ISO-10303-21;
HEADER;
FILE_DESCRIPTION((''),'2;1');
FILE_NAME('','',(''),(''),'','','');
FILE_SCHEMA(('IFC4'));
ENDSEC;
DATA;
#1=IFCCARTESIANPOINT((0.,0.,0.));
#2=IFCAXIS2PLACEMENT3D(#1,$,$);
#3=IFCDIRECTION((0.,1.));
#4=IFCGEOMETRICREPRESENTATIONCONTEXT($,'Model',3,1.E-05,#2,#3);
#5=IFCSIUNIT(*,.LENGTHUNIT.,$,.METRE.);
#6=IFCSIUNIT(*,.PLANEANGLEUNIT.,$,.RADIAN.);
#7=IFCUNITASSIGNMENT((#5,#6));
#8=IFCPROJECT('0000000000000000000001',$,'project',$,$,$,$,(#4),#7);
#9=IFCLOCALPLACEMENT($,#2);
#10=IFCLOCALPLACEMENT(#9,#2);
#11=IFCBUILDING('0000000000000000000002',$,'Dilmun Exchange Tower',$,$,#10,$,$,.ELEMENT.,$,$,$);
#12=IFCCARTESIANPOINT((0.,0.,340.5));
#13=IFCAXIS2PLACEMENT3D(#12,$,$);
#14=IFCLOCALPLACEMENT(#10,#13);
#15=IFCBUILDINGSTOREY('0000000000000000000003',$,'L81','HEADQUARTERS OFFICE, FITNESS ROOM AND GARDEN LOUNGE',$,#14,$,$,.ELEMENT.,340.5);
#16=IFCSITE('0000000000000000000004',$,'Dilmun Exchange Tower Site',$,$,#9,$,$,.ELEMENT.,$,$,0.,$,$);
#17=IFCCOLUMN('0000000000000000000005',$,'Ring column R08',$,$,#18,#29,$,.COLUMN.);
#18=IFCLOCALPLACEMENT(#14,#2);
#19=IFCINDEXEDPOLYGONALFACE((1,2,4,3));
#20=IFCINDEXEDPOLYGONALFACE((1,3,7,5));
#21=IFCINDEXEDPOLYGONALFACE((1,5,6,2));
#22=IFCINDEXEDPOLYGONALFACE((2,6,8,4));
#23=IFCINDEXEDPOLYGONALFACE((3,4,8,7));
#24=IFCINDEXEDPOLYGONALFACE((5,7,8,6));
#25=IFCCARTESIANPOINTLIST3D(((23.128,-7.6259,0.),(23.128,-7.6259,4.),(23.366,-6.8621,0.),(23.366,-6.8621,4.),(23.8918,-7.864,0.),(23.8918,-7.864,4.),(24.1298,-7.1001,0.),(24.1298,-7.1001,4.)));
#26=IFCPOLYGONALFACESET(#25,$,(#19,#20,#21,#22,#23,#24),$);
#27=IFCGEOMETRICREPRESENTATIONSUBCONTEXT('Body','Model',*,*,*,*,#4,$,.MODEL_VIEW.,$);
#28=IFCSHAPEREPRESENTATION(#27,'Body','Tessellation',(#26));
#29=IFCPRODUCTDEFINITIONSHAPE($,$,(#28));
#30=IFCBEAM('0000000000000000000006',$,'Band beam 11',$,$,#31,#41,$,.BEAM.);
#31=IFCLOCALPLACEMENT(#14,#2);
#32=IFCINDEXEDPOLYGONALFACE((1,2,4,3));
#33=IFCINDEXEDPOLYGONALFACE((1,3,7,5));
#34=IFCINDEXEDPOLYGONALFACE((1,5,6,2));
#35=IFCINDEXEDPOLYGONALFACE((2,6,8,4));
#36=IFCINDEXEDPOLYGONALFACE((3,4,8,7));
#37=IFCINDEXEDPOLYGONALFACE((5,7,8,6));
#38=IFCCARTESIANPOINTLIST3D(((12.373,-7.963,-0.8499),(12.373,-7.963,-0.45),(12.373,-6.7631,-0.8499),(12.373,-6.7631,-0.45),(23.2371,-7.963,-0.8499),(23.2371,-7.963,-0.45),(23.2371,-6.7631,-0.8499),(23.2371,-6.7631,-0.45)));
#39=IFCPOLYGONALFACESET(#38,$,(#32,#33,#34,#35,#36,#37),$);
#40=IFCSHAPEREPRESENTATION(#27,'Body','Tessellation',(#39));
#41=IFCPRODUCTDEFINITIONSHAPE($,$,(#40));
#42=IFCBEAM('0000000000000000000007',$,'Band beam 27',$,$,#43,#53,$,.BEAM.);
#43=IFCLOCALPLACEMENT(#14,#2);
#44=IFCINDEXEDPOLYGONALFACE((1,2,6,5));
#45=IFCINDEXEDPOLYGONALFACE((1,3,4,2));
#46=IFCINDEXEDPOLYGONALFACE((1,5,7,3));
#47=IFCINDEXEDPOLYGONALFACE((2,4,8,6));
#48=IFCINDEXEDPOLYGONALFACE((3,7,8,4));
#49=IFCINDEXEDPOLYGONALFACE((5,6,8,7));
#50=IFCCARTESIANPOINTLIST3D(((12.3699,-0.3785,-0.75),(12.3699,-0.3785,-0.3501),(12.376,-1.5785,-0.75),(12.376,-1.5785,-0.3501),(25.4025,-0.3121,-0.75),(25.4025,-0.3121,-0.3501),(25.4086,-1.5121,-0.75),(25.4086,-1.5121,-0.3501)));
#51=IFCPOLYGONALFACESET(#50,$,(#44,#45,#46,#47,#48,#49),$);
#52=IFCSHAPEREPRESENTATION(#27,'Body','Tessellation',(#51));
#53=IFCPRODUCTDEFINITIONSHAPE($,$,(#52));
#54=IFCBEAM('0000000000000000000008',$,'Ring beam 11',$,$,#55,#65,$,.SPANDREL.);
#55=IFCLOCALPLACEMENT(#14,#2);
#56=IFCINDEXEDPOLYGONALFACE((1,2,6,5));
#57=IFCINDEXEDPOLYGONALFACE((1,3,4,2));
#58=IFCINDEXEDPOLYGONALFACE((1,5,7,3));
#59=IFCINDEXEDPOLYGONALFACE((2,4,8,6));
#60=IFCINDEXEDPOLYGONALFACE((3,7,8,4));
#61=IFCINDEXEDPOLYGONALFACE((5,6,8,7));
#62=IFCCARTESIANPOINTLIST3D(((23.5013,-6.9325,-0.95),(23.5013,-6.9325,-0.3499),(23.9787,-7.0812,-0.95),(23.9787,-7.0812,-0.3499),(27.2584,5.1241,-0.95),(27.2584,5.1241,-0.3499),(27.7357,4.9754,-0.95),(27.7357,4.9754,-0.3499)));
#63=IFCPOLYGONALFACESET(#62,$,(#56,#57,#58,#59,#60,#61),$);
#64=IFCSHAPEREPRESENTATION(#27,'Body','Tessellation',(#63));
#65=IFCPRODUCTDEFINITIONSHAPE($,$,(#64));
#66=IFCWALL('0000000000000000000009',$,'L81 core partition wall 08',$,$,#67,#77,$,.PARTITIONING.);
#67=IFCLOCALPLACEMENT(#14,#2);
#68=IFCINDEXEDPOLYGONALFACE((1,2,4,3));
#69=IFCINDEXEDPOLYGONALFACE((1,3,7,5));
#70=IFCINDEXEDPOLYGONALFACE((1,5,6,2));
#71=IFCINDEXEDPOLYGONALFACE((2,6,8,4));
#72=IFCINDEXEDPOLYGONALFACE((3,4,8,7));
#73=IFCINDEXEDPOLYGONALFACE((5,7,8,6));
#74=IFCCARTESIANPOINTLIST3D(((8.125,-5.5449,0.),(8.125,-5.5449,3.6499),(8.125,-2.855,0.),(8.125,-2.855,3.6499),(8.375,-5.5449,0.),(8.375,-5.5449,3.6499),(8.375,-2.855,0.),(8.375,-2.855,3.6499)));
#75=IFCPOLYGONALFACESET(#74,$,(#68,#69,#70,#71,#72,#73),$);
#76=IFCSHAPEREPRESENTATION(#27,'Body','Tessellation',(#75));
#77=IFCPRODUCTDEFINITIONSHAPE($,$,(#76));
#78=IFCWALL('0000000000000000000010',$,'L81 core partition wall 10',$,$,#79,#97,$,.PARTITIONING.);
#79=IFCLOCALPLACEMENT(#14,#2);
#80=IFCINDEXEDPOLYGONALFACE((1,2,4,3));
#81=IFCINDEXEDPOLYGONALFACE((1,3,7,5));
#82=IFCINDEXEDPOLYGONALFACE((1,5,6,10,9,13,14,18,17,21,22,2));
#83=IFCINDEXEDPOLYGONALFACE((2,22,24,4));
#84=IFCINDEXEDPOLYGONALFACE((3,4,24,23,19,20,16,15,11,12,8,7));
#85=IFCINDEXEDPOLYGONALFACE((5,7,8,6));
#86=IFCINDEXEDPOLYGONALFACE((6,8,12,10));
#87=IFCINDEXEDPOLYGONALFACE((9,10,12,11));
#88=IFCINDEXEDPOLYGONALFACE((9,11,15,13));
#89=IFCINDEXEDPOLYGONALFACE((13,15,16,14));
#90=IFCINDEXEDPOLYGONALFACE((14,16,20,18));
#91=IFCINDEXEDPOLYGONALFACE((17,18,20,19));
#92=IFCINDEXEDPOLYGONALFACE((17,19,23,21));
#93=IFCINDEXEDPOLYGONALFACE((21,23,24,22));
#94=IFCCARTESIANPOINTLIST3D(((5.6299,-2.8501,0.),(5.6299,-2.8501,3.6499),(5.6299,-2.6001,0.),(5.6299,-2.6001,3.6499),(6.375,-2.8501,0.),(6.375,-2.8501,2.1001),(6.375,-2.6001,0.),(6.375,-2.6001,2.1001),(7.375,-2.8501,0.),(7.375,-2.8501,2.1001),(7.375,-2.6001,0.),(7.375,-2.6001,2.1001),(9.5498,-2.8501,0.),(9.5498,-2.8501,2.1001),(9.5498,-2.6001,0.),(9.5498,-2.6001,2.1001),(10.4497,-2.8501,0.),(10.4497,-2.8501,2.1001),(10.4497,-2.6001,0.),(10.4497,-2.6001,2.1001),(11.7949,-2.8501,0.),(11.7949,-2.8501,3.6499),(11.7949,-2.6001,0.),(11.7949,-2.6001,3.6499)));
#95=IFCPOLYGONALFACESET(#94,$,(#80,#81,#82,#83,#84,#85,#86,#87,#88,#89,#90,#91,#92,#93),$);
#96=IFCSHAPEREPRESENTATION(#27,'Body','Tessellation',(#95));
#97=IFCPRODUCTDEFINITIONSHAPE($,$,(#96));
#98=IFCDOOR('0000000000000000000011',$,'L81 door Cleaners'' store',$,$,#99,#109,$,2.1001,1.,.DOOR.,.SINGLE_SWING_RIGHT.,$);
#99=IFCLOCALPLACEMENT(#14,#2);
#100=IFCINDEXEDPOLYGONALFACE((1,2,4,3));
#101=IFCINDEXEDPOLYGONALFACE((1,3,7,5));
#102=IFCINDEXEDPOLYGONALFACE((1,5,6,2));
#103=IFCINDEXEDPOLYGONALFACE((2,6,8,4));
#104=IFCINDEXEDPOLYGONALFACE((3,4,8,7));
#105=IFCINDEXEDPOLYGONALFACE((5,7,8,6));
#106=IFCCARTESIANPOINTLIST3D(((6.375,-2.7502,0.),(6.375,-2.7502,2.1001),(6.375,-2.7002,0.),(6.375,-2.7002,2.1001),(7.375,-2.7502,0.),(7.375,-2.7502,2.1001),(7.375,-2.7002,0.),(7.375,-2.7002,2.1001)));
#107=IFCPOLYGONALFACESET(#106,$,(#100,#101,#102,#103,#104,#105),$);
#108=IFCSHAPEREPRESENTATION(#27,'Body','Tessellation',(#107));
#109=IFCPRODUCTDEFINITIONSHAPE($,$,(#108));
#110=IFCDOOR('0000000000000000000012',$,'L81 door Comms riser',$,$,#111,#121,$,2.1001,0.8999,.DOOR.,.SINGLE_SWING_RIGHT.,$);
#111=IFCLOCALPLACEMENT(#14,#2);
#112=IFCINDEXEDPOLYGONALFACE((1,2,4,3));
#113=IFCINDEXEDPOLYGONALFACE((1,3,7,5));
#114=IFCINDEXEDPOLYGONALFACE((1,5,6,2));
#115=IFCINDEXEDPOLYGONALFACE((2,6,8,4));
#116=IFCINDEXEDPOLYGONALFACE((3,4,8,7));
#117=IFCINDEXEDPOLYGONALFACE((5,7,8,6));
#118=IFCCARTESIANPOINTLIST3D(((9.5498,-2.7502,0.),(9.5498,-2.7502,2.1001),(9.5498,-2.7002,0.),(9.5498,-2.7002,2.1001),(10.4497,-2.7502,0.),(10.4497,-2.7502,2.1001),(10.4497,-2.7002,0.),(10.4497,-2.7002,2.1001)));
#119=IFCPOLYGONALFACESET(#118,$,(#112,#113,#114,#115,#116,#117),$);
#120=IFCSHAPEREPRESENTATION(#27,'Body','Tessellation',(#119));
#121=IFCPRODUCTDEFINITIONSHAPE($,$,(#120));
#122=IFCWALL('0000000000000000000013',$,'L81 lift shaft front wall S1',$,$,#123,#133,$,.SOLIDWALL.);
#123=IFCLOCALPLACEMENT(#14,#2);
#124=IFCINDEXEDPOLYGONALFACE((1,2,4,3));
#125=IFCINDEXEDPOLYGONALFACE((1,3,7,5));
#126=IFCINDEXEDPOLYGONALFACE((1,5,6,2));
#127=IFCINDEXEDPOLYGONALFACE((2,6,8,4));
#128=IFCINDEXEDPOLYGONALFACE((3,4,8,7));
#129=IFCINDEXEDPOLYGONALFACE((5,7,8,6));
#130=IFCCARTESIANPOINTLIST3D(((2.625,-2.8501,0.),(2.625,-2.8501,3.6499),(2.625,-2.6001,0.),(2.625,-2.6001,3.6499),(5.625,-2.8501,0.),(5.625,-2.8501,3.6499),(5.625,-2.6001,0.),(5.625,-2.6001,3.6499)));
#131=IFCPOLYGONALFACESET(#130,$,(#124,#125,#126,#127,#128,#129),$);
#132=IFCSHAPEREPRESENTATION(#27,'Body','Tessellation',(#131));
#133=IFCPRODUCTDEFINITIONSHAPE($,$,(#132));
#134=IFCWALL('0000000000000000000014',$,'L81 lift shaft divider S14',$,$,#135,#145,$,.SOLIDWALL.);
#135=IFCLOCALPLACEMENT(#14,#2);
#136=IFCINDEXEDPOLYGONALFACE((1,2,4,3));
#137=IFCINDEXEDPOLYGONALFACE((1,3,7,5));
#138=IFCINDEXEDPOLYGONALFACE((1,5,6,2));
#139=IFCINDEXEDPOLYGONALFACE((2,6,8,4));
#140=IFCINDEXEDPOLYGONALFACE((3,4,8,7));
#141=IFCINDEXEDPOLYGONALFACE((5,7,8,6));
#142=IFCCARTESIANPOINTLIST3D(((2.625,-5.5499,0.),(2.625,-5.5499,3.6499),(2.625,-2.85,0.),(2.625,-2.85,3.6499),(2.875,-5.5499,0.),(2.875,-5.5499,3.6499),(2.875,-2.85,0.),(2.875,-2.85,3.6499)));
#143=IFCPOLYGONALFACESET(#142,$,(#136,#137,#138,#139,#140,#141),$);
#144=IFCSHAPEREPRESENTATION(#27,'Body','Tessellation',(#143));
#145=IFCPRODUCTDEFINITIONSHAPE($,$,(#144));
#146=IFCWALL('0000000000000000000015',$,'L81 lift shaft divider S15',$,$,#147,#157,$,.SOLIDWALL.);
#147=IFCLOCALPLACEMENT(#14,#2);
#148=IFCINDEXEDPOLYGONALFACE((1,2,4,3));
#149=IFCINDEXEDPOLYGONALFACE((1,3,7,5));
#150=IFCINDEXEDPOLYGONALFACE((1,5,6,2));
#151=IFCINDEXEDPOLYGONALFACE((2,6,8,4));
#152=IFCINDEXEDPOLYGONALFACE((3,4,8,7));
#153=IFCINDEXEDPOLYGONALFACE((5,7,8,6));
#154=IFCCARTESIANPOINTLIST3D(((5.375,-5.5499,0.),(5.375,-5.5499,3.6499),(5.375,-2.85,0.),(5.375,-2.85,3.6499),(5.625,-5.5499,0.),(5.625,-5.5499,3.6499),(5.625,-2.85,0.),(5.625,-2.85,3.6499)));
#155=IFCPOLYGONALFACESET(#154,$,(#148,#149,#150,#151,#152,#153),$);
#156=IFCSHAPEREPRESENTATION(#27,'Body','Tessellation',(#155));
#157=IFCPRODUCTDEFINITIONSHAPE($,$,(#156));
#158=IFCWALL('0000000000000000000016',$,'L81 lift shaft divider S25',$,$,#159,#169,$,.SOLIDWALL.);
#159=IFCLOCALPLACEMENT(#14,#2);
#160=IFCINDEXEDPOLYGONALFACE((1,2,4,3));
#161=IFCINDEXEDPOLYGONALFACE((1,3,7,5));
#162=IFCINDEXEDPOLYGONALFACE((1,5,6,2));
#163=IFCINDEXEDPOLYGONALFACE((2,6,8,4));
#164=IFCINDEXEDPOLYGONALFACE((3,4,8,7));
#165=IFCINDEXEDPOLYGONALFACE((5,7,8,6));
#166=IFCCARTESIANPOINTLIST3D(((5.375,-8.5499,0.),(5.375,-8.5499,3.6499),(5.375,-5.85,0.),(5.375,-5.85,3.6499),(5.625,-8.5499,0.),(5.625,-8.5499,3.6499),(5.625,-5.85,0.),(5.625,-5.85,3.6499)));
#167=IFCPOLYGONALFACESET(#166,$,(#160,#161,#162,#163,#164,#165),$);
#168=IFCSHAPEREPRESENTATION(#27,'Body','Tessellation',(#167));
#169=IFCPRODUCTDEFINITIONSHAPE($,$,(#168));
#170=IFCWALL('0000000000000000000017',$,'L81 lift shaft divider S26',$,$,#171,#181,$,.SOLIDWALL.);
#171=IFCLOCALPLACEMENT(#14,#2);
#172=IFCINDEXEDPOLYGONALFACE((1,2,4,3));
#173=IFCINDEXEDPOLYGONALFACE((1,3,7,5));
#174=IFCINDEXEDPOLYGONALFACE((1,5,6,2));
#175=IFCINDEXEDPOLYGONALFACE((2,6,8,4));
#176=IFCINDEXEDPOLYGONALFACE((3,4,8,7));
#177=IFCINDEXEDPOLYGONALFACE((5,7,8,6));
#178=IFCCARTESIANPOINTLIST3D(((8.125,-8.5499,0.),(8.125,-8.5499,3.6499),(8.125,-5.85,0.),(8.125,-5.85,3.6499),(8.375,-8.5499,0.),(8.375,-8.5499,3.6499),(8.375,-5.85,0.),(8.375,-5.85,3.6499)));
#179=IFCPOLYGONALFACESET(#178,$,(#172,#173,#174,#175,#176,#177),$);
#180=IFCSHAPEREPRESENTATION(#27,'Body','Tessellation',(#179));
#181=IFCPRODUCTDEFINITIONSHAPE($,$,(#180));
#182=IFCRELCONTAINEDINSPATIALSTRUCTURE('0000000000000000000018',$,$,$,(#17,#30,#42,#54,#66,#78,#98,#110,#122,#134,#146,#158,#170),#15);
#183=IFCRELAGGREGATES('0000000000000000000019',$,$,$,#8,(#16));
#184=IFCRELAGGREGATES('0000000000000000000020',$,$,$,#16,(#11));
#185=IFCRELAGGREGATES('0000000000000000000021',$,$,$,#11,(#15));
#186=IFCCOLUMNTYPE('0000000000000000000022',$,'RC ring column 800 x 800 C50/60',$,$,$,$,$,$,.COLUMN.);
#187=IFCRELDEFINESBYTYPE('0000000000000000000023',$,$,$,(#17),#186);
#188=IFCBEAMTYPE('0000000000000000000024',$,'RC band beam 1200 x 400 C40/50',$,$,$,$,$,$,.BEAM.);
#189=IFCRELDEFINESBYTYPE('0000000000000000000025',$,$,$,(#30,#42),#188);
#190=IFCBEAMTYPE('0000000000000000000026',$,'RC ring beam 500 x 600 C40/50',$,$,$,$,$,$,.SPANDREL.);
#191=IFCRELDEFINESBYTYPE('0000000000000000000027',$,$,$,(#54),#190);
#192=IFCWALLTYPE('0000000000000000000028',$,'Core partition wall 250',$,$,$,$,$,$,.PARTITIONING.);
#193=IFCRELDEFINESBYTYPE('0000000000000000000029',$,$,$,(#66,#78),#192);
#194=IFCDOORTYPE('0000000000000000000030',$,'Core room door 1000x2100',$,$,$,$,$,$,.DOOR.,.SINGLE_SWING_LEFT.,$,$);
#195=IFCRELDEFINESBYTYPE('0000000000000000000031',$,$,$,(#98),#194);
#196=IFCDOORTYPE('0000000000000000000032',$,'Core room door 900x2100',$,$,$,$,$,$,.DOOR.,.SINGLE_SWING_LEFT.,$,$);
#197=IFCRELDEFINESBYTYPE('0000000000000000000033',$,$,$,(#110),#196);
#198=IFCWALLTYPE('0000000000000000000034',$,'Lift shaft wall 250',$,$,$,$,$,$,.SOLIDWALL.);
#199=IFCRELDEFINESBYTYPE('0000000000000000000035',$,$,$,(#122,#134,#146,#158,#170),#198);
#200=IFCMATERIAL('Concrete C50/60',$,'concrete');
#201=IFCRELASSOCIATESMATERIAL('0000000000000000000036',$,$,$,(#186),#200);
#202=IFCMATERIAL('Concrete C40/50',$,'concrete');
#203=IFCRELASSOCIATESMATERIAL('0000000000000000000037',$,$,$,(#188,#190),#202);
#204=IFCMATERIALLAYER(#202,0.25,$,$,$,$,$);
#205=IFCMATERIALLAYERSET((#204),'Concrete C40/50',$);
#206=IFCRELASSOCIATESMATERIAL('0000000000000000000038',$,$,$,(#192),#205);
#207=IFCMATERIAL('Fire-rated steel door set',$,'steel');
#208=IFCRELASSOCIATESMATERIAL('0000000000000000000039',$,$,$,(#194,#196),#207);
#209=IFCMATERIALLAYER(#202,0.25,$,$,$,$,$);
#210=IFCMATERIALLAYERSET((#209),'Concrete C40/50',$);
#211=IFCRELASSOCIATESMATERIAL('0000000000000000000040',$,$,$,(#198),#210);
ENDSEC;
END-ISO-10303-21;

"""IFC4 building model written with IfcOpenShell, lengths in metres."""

from ifc_helpers import new_model, si_unit, direction, frame, frame_2d, origin, origin_2d, place, context, subcontext, project, spatial, rectangle, extrude, material, layer, layer_set, material_profile, profile_set, type_object, element, fill, save


model = new_model("IFC4")

# Units and contexts
model_context = context("Model", 3, precision=1e-05, world=origin(), true_north=direction((0.0, 1.0)))
body_context = subcontext(model_context, "Body", "Model", "MODEL_VIEW")
ifc_project = project(units=[si_unit("LENGTHUNIT", "METRE"), si_unit("PLANEANGLEUNIT", "RADIAN")], contexts=[model_context])

# Site, building, storey
site_placement = place(None, origin())
site = spatial("IfcSite", under=ifc_project, at=site_placement, Name="Dilmun Exchange Tower Site", CompositionType="ELEMENT", RefElevation=0.0)
building_placement = place(site_placement, origin())
building = spatial("IfcBuilding", under=site, at=building_placement, Name="Dilmun Exchange Tower", CompositionType="ELEMENT")
storey_placement = place(building_placement, frame((0.0, 0.0, 340.5)))
storey = spatial("IfcBuildingStorey", under=building, at=storey_placement, Name="L81", Description="HEADQUARTERS OFFICE, FITNESS ROOM AND GARDEN LOUNGE", CompositionType="ELEMENT", Elevation=340.5)

# Column
ifc_material_1 = material(Name="Concrete C50/60", Category="concrete")
ifc_material_profile_1 = material_profile(ifc_material_1, rectangle(XDim=0.8, YDim=0.8, at=origin_2d()), Name="800 x 800")
ifc_profile_set_1 = profile_set([ifc_material_profile_1], Name="Concrete C50/60")
column_type = type_object("IfcColumnType", Name="RC ring column 800 x 800 C50/60", PredefinedType="COLUMN", material=ifc_profile_set_1)
column_placement = place(storey_placement, frame((23.6289, -7.363, 0.0), z_axis=(0.0, 0.0, 1.0), x_axis=(0.297503, 0.954721, 0.0)))
element("IfcColumn", 1, at=column_placement, inside=storey, type_object=column_type, Name="Ring column R08", PredefinedType="COLUMN", context=body_context, shape_type="SweptSolid", body=[
    extrude(rectangle(XDim=0.8, YDim=0.8, at=origin_2d()), origin(), (0.0, 0.0, 1.0), 4.0),
])

# Beams
ifc_material_2 = material(Name="Concrete C40/50", Category="concrete")
ifc_material_profile_2 = material_profile(ifc_material_2, rectangle(XDim=1.2, YDim=0.3999, at=origin_2d()), Name="1200 x 400")
ifc_profile_set_2 = profile_set([ifc_material_profile_2], Name="Concrete C40/50")
beam_type_1 = type_object("IfcBeamType", Name="RC band beam 1200 x 400 C40/50", PredefinedType="BEAM", material=ifc_profile_set_2)
beam_1_placement = place(storey_placement, frame((23.2371, -7.363, -0.6499), z_axis=(-1.0, 0.0, 0.0), x_axis=(0.0, -1.0, 0.0)))
element("IfcBeam", 2, at=beam_1_placement, inside=storey, type_object=beam_type_1, Name="Band beam 11", PredefinedType="BEAM", context=body_context, shape_type="SweptSolid", body=[
    extrude(rectangle(XDim=1.2, YDim=0.3999, at=origin_2d()), origin(), (0.0, 0.0, 1.0), 10.864),
])
beam_2_placement = place(storey_placement, frame((25.4055, -0.9121, -0.55), z_axis=(-0.999987, -0.005095, 0.0), x_axis=(0.005095, -0.999987, 0.0)))
element("IfcBeam", 3, at=beam_2_placement, inside=storey, type_object=beam_type_1, Name="Band beam 27", PredefinedType="BEAM", context=body_context, shape_type="SweptSolid", body=[
    extrude(rectangle(XDim=1.2, YDim=0.3999, at=origin_2d()), origin(), (0.0, 0.0, 1.0), 13.0327),
])
ifc_material_profile_3 = material_profile(ifc_material_2, rectangle(XDim=0.5, YDim=0.6001, at=origin_2d()), Name="500 x 600")
ifc_profile_set_3 = profile_set([ifc_material_profile_3], Name="Concrete C40/50")
beam_type_2 = type_object("IfcBeamType", Name="RC ring beam 500 x 600 C40/50", PredefinedType="SPANDREL", material=ifc_profile_set_3)
beam_3_placement = place(storey_placement, frame((23.74, -7.0068, -0.6499), z_axis=(0.297509, 0.954719, 0.0), x_axis=(-0.954719, 0.297509, 0.0)))
element("IfcBeam", 4, at=beam_3_placement, inside=storey, type_object=beam_type_2, Name="Ring beam 11", PredefinedType="SPANDREL", context=body_context, shape_type="SweptSolid", body=[
    extrude(rectangle(XDim=0.5, YDim=0.6001, at=origin_2d()), origin(), (0.0, 0.0, 1.0), 12.6284),
])

# Wall
ifc_layer_1 = layer(ifc_material_2, 0.25)
ifc_layer_set_1 = layer_set([ifc_layer_1], Name="Concrete C40/50")
wall_type_1 = type_object("IfcWallType", Name="Core partition wall 250", PredefinedType="PARTITIONING", material=ifc_layer_set_1)
wall_1_placement = place(storey_placement, frame((8.25, -5.5449, 0.0), z_axis=(0.0, 0.0, 1.0), x_axis=(0.0, 1.0, 0.0)))
element("IfcWall", 5, at=wall_1_placement, inside=storey, type_object=wall_type_1, Name="L81 core partition wall 08", PredefinedType="PARTITIONING", context=body_context, shape_type="SweptSolid", body=[
    extrude(rectangle(XDim=2.6899, YDim=0.25, at=frame_2d((1.345, 0.0))), origin(), (0.0, 0.0, 1.0), 3.6499),
])

# Wall, openings, doors
wall_2_placement = place(storey_placement, frame((5.6299, -2.7251, 0.0), z_axis=(0.0, 0.0, 1.0), x_axis=(1.0, 0.0, 0.0)))
wall_2 = element("IfcWall", 6, at=wall_2_placement, inside=storey, type_object=wall_type_1, Name="L81 core partition wall 10", PredefinedType="PARTITIONING", context=body_context, shape_type="SweptSolid", body=[
    extrude(rectangle(XDim=6.165, YDim=0.25, at=frame_2d((3.0825, 0.0))), origin(), (0.0, 0.0, 1.0), 3.6499),
])
opening_1_placement = place(wall_2_placement, frame((0.7451, 0.0, 0.0)))
opening_1 = element("IfcOpeningElement", 7, at=opening_1_placement, cuts=wall_2, PredefinedType="OPENING", context=body_context, shape_type="SweptSolid", body=[
    extrude(rectangle(XDim=1.0, YDim=2.1001, at=frame_2d((0.5, 1.05))), frame((0.0, 0.135, 0.0), z_axis=(0.0, -1.0, 0.0), x_axis=(1.0, 0.0, 0.0)), (0.0, 0.0, 1.0), 0.27),
])
opening_2_placement = place(wall_2_placement, frame((3.9199, 0.0, 0.0)))
opening_2 = element("IfcOpeningElement", 8, at=opening_2_placement, cuts=wall_2, PredefinedType="OPENING", context=body_context, shape_type="SweptSolid", body=[
    extrude(rectangle(XDim=0.8999, YDim=2.1001, at=frame_2d((0.45, 1.05))), frame((0.0, 0.135, 0.0), z_axis=(0.0, -1.0, 0.0), x_axis=(1.0, 0.0, 0.0)), (0.0, 0.0, 1.0), 0.27),
])
ifc_material_3 = material(Name="Fire-rated steel door set", Category="steel")
door_type_1 = type_object("IfcDoorType", Name="Core room door 1000x2100", OperationType="SINGLE_SWING_LEFT", PredefinedType="DOOR", material=ifc_material_3)
door_1_placement = place(opening_1_placement, origin())
door_1 = element("IfcDoor", 9, at=door_1_placement, inside=storey, type_object=door_type_1, Name="L81 door Cleaners' store", OperationType="SINGLE_SWING_RIGHT", OverallHeight=2.1001, OverallWidth=1.0, PredefinedType="DOOR", context=body_context, shape_type="SweptSolid", body=[
    extrude(rectangle(XDim=1.0, YDim=2.1001, at=frame_2d((0.5, 1.05))), frame((0.0, 0.0249, 0.0), z_axis=(0.0, -1.0, 0.0), x_axis=(1.0, 0.0, 0.0)), (0.0, 0.0, 1.0), 0.05),
])
fill(opening_1, door_1)
door_type_2 = type_object("IfcDoorType", Name="Core room door 900x2100", OperationType="SINGLE_SWING_LEFT", PredefinedType="DOOR", material=ifc_material_3)
door_2_placement = place(opening_2_placement, origin())
door_2 = element("IfcDoor", 10, at=door_2_placement, inside=storey, type_object=door_type_2, Name="L81 door Comms riser", OperationType="SINGLE_SWING_RIGHT", OverallHeight=2.1001, OverallWidth=0.8999, PredefinedType="DOOR", context=body_context, shape_type="SweptSolid", body=[
    extrude(rectangle(XDim=0.8999, YDim=2.1001, at=frame_2d((0.45, 1.05))), frame((0.0, 0.0249, 0.0), z_axis=(0.0, -1.0, 0.0), x_axis=(1.0, 0.0, 0.0)), (0.0, 0.0, 1.0), 0.05),
])
fill(opening_2, door_2)

# Walls
ifc_layer_2 = layer(ifc_material_2, 0.25)
ifc_layer_set_2 = layer_set([ifc_layer_2], Name="Concrete C40/50")
wall_type_2 = type_object("IfcWallType", Name="Lift shaft wall 250", PredefinedType="SOLIDWALL", material=ifc_layer_set_2)
wall_3_placement = place(storey_placement, frame((2.625, -2.7251, 0.0), z_axis=(0.0, 0.0, 1.0), x_axis=(1.0, 0.0, 0.0)))
element("IfcWall", 11, at=wall_3_placement, inside=storey, type_object=wall_type_2, Name="L81 lift shaft front wall S1", PredefinedType="SOLIDWALL", context=body_context, shape_type="SweptSolid", body=[
    extrude(rectangle(XDim=3.0, YDim=0.25, at=frame_2d((1.5, 0.0))), origin(), (0.0, 0.0, 1.0), 3.6499),
])
for number, where, z_axis, x_axis, name in (
    (12, (2.75, -5.55, 0.0), (0.0, 0.0, 1.0), (0.0, 1.0, 0.0), "L81 lift shaft divider S14"),
    (13, (5.5, -5.55, 0.0), (0.0, 0.0, 1.0), (0.0, 1.0, 0.0), "L81 lift shaft divider S15"),
    (14, (5.5, -8.55, 0.0), (0.0, 0.0, 1.0), (0.0, 1.0, 0.0), "L81 lift shaft divider S25"),
    (15, (8.25, -8.55, 0.0), (0.0, 0.0, 1.0), (0.0, 1.0, 0.0), "L81 lift shaft divider S26"),
):
    element("IfcWall", number, at=place(storey_placement, frame(where, z_axis=z_axis, x_axis=x_axis)), inside=storey, type_object=wall_type_2, Name=name, PredefinedType="SOLIDWALL", context=body_context, shape_type="SweptSolid", body=[
        extrude(rectangle(XDim=2.7, YDim=0.25, at=frame_2d((1.3501, 0.0))), origin(), (0.0, 0.0, 1.0), 3.6499),
    ])

save(model, "model.ifc")
